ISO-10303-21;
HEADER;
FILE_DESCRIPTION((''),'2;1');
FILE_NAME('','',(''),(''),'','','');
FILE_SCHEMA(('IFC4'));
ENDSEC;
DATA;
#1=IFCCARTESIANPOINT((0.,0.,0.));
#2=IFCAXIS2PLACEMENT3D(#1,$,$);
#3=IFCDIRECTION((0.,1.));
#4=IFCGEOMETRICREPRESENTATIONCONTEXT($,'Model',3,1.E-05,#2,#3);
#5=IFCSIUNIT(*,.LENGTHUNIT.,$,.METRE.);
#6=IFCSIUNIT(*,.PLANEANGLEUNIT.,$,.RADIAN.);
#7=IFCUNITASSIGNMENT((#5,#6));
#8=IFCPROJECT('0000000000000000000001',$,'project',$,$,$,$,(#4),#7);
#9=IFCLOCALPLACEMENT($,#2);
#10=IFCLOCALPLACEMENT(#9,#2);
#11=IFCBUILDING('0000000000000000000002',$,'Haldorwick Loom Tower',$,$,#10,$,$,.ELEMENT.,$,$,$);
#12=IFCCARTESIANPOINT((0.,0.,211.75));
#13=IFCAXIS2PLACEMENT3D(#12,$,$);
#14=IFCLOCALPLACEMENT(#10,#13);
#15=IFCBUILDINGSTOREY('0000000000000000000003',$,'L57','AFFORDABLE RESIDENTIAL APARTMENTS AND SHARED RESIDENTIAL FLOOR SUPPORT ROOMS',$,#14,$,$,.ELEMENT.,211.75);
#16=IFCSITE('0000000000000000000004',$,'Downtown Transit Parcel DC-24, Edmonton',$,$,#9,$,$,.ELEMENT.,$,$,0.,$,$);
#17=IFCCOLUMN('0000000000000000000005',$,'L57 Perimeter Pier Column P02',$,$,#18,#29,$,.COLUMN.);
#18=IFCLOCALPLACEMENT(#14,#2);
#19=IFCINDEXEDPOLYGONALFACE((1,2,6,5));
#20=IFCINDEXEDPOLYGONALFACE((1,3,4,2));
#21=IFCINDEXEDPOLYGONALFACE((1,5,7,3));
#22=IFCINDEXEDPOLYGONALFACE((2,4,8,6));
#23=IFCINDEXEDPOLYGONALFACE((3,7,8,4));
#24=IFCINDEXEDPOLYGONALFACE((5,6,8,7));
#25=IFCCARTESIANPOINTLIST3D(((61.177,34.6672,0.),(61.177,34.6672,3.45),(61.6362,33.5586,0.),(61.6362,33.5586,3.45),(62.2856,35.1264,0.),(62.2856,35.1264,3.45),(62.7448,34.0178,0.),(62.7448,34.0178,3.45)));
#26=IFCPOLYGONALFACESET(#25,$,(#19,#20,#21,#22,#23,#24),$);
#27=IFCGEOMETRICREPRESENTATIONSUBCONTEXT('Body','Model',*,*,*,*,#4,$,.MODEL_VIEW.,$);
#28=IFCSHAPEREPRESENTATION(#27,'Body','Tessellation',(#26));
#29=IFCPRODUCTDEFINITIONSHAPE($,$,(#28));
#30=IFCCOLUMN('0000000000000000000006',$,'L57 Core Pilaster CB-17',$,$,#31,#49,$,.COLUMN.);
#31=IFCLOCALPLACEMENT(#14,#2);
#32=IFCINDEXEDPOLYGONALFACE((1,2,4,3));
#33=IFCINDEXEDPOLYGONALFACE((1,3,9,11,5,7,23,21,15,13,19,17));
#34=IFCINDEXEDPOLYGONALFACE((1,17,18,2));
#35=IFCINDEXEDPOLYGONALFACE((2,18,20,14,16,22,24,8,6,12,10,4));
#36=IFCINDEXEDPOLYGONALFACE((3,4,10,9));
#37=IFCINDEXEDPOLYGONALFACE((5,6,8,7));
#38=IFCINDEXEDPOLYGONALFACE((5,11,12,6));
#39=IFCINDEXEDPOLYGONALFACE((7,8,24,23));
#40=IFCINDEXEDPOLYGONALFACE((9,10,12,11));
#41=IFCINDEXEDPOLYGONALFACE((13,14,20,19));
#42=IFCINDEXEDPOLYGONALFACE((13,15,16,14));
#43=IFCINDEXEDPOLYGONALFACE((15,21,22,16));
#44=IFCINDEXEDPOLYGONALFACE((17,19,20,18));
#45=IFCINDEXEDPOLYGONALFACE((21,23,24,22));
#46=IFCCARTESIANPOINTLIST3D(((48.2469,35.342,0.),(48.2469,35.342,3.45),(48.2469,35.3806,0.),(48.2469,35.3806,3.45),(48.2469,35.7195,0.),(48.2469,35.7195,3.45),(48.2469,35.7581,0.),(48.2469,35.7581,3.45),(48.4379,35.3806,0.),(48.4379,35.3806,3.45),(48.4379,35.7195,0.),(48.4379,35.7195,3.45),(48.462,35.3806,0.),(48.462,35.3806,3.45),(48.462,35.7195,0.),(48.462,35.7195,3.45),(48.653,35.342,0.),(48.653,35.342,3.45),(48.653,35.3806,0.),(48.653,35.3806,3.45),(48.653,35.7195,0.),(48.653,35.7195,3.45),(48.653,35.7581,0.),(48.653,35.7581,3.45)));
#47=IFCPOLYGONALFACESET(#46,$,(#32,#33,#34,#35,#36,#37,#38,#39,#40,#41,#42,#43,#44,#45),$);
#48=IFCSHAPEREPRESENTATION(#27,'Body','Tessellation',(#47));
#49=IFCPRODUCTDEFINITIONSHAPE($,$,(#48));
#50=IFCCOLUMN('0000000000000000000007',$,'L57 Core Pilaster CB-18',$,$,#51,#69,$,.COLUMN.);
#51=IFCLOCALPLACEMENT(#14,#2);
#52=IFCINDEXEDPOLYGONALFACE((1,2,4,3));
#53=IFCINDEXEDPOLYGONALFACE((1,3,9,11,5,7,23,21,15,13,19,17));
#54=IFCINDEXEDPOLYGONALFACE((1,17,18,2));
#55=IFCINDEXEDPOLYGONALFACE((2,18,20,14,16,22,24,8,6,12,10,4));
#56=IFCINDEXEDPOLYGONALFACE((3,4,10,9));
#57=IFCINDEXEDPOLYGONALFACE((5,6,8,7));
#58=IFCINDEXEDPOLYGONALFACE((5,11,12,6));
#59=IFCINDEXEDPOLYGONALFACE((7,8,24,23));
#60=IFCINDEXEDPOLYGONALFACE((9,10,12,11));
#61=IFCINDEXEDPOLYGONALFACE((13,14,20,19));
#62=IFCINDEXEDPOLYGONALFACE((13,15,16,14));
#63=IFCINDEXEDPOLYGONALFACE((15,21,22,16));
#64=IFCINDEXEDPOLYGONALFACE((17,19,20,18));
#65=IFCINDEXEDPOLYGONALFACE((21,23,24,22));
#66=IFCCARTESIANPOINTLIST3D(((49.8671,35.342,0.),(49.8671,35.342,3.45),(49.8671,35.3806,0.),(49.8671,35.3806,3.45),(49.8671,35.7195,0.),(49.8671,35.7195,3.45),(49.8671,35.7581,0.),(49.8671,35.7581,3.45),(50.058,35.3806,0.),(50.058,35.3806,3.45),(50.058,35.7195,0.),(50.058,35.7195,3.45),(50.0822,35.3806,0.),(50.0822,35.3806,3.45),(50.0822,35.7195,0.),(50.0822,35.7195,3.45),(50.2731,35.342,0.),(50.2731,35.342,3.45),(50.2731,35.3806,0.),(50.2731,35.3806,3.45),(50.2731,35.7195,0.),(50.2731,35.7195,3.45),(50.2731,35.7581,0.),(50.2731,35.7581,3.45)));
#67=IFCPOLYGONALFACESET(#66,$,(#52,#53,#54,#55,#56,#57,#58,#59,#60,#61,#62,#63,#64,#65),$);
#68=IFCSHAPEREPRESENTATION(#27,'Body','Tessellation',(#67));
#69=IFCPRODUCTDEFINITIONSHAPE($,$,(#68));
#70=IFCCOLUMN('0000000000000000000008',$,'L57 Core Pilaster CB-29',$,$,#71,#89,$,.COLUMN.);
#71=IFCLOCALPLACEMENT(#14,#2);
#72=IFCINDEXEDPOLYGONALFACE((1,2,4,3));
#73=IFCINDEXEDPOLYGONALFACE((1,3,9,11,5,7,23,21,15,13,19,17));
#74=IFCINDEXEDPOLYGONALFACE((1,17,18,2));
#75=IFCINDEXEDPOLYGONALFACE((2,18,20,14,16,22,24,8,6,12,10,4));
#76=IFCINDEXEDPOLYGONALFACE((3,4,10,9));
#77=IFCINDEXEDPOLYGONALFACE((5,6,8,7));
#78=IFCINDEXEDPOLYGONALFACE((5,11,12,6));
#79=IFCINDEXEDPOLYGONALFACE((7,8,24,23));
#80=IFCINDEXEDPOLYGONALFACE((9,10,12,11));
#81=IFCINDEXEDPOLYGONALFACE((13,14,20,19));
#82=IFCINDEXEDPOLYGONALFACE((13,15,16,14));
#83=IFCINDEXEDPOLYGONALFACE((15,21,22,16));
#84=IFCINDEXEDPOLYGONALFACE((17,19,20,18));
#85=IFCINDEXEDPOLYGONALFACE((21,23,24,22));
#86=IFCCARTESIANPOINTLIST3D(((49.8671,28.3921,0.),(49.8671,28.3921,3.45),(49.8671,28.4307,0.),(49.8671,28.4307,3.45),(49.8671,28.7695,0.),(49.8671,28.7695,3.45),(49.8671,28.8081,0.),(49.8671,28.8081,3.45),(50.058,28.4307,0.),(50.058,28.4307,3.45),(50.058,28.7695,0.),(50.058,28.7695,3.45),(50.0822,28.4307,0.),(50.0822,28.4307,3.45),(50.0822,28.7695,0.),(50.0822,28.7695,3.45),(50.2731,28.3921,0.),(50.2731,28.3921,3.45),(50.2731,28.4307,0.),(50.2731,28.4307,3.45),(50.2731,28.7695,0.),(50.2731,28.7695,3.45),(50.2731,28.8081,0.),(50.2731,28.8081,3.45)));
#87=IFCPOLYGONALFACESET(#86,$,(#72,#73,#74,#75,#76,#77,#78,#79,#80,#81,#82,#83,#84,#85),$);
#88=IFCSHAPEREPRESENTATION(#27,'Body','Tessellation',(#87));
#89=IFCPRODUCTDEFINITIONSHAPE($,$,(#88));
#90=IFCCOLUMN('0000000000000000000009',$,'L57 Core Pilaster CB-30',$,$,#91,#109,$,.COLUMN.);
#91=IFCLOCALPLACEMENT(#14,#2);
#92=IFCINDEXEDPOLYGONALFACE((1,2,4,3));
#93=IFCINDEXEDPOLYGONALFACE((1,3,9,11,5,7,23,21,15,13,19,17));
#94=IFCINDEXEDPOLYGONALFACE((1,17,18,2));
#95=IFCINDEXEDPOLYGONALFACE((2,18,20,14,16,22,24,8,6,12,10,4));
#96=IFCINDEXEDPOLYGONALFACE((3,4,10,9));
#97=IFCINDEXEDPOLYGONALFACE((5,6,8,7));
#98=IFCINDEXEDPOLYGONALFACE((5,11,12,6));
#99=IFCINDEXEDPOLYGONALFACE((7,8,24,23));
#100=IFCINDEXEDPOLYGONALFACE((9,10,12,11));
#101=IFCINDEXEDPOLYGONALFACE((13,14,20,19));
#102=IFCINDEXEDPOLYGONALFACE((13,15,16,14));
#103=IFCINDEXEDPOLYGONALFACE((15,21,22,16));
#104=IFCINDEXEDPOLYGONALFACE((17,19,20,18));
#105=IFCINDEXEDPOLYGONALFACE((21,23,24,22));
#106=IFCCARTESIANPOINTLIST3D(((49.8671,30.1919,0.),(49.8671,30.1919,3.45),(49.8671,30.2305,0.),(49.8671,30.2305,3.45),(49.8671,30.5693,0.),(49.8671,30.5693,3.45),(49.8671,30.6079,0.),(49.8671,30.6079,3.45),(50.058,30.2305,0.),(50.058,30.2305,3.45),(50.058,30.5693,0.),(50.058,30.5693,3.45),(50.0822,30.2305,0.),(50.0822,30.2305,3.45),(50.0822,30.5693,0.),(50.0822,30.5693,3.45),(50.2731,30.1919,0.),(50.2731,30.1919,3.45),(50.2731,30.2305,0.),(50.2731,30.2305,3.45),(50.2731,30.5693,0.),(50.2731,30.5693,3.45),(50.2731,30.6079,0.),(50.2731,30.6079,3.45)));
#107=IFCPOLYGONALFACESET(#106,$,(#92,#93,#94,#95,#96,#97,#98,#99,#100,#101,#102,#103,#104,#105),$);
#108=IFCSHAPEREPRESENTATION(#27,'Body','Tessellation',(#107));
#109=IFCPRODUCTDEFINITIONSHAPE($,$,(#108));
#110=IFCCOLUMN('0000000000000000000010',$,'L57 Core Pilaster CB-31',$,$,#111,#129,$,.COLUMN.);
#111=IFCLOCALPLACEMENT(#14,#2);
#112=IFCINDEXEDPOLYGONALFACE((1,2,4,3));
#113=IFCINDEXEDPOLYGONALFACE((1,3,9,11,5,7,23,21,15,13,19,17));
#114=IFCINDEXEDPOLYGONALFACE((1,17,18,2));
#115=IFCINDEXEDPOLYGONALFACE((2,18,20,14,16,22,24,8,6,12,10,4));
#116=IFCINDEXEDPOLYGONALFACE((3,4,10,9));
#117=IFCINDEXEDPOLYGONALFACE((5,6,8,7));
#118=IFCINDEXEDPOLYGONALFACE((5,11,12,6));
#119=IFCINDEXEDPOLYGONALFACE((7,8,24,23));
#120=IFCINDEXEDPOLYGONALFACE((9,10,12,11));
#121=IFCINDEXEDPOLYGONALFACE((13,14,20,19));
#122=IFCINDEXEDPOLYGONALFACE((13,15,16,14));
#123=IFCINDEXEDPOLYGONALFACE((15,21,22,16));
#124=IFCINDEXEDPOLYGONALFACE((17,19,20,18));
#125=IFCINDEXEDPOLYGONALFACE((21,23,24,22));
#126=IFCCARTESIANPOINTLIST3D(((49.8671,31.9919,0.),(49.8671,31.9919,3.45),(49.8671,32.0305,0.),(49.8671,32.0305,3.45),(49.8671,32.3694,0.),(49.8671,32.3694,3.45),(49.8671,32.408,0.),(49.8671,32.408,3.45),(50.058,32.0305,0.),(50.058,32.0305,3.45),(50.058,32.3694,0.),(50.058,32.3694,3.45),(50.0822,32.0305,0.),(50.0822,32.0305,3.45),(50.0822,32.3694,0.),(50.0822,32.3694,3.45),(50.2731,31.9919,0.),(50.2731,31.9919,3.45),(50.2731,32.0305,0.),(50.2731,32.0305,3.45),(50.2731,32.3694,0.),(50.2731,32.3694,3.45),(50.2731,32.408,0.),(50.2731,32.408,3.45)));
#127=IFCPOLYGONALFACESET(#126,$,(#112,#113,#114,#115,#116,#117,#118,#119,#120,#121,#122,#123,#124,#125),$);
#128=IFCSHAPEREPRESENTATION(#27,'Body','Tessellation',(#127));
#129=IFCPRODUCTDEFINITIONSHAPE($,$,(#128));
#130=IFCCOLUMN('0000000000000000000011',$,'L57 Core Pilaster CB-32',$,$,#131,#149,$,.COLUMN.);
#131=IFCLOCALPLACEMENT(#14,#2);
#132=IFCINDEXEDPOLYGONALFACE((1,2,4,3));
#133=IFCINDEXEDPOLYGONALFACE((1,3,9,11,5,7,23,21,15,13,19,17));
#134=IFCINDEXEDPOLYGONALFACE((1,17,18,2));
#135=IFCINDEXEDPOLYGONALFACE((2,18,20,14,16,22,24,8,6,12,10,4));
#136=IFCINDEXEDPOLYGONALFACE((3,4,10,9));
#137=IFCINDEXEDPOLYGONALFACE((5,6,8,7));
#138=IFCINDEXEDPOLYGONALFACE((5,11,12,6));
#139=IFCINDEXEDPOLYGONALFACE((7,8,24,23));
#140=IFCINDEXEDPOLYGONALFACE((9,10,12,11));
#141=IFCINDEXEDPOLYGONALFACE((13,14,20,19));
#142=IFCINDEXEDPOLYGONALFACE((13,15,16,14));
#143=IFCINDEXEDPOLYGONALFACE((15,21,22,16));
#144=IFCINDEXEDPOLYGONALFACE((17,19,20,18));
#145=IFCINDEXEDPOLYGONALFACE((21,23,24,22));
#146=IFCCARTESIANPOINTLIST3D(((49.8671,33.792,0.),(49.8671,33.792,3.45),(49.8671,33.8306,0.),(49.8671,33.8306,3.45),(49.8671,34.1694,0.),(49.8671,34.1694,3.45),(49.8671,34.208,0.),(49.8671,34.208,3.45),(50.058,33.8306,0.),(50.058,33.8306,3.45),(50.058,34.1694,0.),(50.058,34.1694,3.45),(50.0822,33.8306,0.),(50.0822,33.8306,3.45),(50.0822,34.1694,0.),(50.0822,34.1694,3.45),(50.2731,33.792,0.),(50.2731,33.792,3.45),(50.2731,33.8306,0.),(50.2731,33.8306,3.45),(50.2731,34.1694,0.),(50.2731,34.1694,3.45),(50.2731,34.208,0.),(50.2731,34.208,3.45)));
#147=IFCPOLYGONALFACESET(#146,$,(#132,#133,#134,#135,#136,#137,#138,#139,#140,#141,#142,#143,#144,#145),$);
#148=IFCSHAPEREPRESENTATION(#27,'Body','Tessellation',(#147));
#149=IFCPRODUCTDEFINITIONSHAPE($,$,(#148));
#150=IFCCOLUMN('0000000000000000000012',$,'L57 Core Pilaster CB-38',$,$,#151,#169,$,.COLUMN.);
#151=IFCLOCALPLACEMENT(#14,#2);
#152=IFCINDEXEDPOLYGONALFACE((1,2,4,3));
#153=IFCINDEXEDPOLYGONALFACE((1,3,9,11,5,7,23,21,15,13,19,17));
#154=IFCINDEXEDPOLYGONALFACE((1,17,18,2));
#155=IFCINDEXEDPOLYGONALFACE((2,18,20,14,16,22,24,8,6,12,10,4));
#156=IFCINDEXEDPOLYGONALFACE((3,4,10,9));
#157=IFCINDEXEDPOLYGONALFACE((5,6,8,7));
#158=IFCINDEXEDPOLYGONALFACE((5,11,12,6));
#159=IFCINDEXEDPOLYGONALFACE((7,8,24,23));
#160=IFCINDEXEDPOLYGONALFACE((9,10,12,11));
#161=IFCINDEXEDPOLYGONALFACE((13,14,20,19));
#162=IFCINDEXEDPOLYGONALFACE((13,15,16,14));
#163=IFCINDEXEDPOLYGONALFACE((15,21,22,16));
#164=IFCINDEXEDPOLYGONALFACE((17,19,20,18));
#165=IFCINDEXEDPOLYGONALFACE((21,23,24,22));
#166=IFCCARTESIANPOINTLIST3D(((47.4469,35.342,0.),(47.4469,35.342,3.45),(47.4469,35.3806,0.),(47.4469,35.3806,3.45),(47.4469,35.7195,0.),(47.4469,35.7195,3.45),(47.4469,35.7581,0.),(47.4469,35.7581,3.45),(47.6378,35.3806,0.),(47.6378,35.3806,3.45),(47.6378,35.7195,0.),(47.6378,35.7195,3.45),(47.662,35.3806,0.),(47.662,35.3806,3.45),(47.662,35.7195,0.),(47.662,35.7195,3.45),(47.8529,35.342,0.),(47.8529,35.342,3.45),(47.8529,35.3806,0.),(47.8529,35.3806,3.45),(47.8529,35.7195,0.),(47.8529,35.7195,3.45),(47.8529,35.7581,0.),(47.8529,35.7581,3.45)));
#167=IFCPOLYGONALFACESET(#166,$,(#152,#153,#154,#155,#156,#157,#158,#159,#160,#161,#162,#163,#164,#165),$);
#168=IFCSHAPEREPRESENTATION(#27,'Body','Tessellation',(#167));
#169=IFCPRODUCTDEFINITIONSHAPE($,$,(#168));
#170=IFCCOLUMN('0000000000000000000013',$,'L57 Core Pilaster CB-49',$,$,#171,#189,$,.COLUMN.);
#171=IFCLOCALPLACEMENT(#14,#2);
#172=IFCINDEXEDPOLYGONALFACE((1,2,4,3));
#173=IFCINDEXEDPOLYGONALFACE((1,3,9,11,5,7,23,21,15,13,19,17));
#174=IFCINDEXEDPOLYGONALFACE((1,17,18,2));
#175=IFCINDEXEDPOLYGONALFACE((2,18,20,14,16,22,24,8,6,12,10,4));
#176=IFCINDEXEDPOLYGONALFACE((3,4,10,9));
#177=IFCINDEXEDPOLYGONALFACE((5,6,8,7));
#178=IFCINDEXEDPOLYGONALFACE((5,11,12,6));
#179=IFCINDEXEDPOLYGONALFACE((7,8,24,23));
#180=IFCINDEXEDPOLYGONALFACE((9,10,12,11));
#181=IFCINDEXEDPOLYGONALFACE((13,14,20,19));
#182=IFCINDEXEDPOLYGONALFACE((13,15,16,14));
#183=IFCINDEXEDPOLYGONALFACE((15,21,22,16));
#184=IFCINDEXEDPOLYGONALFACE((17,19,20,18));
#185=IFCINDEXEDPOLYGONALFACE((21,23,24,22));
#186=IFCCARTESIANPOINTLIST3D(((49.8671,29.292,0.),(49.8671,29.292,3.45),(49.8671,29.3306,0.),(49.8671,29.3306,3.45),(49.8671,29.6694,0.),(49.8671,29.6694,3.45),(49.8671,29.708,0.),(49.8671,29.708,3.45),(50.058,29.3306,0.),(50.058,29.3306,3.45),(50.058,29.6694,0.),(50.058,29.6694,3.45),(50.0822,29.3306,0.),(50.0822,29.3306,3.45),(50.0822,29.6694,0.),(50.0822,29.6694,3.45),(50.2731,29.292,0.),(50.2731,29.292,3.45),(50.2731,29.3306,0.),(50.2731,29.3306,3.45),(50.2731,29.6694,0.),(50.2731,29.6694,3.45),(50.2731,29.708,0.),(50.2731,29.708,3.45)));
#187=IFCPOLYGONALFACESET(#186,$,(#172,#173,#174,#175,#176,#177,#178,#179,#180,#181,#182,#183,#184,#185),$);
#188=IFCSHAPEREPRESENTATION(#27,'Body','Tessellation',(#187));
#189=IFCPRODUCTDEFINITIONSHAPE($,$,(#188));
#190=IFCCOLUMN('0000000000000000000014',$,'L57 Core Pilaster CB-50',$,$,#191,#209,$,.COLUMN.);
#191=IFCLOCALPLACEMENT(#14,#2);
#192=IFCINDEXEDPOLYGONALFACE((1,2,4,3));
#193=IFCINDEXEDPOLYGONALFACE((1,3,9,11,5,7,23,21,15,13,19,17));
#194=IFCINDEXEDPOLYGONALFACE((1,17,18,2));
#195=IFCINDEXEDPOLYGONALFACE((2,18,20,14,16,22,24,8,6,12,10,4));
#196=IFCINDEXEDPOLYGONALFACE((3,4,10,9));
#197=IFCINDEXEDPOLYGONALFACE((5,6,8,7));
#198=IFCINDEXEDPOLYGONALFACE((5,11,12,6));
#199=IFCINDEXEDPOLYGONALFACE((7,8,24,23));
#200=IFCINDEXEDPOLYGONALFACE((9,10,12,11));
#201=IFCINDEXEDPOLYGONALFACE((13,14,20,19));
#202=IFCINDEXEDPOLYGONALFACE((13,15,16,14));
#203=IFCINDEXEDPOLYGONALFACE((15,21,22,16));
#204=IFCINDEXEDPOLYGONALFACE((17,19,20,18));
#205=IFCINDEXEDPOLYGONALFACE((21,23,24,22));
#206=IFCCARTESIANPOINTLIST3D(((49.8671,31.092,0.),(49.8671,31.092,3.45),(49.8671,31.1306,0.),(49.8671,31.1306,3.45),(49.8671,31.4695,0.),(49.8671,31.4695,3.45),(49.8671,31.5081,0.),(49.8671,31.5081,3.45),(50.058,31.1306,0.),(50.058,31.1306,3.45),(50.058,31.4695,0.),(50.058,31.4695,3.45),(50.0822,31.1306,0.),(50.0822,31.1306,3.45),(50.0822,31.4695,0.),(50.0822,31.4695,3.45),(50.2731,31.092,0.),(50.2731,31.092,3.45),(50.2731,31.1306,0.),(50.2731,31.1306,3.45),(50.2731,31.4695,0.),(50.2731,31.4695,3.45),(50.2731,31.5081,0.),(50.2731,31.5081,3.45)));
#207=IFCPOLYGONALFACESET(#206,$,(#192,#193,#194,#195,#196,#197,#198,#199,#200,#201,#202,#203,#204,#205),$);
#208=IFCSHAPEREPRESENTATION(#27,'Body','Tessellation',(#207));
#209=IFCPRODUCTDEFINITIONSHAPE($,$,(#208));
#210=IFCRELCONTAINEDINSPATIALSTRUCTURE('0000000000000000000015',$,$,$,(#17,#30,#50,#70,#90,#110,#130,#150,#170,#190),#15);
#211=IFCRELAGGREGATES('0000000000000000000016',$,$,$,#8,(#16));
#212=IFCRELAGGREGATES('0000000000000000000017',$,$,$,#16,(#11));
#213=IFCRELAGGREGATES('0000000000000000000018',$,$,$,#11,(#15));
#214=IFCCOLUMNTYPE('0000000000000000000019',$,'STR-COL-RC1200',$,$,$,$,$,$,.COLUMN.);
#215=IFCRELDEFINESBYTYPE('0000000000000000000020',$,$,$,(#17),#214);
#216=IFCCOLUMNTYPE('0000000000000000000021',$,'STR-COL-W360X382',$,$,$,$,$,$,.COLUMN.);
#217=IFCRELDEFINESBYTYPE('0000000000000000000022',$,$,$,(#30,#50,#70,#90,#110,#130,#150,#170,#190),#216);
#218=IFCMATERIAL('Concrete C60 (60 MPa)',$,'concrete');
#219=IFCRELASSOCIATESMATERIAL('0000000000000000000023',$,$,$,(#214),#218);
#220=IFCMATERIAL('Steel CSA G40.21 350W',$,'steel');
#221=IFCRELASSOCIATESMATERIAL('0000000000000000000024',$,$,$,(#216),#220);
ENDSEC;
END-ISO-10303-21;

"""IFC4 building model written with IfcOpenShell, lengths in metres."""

from ifc_helpers import new_model, si_unit, direction, frame, origin, origin_2d, place, context, subcontext, project, spatial, rectangle, i_section, extrude, material, material_profile, profile_set, type_object, element, save


model = new_model("IFC4")

# Units and contexts
model_context = context("Model", 3, precision=1e-05, world=origin(), true_north=direction((0.0, 1.0)))
body_context = subcontext(model_context, "Body", "Model", "MODEL_VIEW")
ifc_project = project(units=[si_unit("LENGTHUNIT", "METRE"), si_unit("PLANEANGLEUNIT", "RADIAN")], contexts=[model_context])

# Site, building, storey
site_placement = place(None, origin())
site = spatial("IfcSite", under=ifc_project, at=site_placement, Name="Downtown Transit Parcel DC-24, Edmonton", CompositionType="ELEMENT", RefElevation=0.0)
building_placement = place(site_placement, origin())
building = spatial("IfcBuilding", under=site, at=building_placement, Name="Haldorwick Loom Tower", CompositionType="ELEMENT")
storey_placement = place(building_placement, frame((0.0, 0.0, 211.75)))
storey = spatial("IfcBuildingStorey", under=building, at=storey_placement, Name="L57", Description="AFFORDABLE RESIDENTIAL APARTMENTS AND SHARED RESIDENTIAL FLOOR SUPPORT ROOMS", CompositionType="ELEMENT", Elevation=211.75)

# Columns
ifc_material_1 = material(Name="Concrete C60 (60 MPa)", Category="concrete")
ifc_material_profile_1 = material_profile(ifc_material_1, rectangle(XDim=1.2, YDim=1.2, at=origin_2d()), Name="RC1200X1200", Category="concrete")
ifc_profile_set_1 = profile_set([ifc_material_profile_1], Name="Concrete C60 (60 MPa)")
column_type_1 = type_object("IfcColumnType", Name="STR-COL-RC1200", PredefinedType="COLUMN", material=ifc_profile_set_1)
column_1_placement = place(storey_placement, frame((61.9609, 34.3425, 0.0), z_axis=(0.0, 0.0, 1.0), x_axis=(0.92388, 0.382683, 0.0)))
element("IfcColumn", 1, at=column_1_placement, inside=storey, type_object=column_type_1, Name="L57 Perimeter Pier Column P02", PredefinedType="COLUMN", context=body_context, shape_type="SweptSolid", body=[
    extrude(rectangle(XDim=1.2, YDim=1.2, at=origin_2d()), origin(), (0.0, 0.0, 1.0), 3.45),
])
ifc_material_2 = material(Name="Steel CSA G40.21 350W", Category="steel")
ifc_material_profile_2 = material_profile(ifc_material_2, i_section(OverallWidth=0.406, OverallDepth=0.416, WebThickness=0.0242, FlangeThickness=0.0386, at=origin_2d()), Name="W360X382", Category="steel")
ifc_profile_set_2 = profile_set([ifc_material_profile_2], Name="Steel CSA G40.21 350W")
column_type_2 = type_object("IfcColumnType", Name="STR-COL-W360X382", PredefinedType="COLUMN", material=ifc_profile_set_2)
for number, where, z_axis, x_axis, name in (
    (2, (48.45, 35.55, 0.0), (0.0, 0.0, 1.0), (1.0, 0.0, 0.0), "L57 Core Pilaster CB-17"),
    (3, (50.0701, 35.55, 0.0), (0.0, 0.0, 1.0), (1.0, 0.0, 0.0), "L57 Core Pilaster CB-18"),
    (4, (50.0701, 28.6001, 0.0), (0.0, 0.0, 1.0), (1.0, 0.0, 0.0), "L57 Core Pilaster CB-29"),
    (5, (50.0701, 30.3999, 0.0), (0.0, 0.0, 1.0), (1.0, 0.0, 0.0), "L57 Core Pilaster CB-30"),
    (6, (50.0701, 32.2, 0.0), (0.0, 0.0, 1.0), (1.0, 0.0, 0.0), "L57 Core Pilaster CB-31"),
    (7, (50.0701, 34.0, 0.0), (0.0, 0.0, 1.0), (1.0, 0.0, 0.0), "L57 Core Pilaster CB-32"),
    (8, (47.6499, 35.55, 0.0), (0.0, 0.0, 1.0), (1.0, 0.0, 0.0), "L57 Core Pilaster CB-38"),
    (9, (50.0701, 29.5, 0.0), (0.0, 0.0, 1.0), (1.0, 0.0, 0.0), "L57 Core Pilaster CB-49"),
    (10, (50.0701, 31.3, 0.0), (0.0, 0.0, 1.0), (1.0, 0.0, 0.0), "L57 Core Pilaster CB-50"),
):
    element("IfcColumn", number, at=place(storey_placement, frame(where, z_axis=z_axis, x_axis=x_axis)), inside=storey, type_object=column_type_2, Name=name, PredefinedType="COLUMN", context=body_context, shape_type="SweptSolid", body=[
        extrude(i_section(OverallWidth=0.406, OverallDepth=0.416, WebThickness=0.0242, FlangeThickness=0.0386, at=origin_2d()), origin(), (0.0, 0.0, 1.0), 3.45),
    ])

save(model, "model.ifc")
